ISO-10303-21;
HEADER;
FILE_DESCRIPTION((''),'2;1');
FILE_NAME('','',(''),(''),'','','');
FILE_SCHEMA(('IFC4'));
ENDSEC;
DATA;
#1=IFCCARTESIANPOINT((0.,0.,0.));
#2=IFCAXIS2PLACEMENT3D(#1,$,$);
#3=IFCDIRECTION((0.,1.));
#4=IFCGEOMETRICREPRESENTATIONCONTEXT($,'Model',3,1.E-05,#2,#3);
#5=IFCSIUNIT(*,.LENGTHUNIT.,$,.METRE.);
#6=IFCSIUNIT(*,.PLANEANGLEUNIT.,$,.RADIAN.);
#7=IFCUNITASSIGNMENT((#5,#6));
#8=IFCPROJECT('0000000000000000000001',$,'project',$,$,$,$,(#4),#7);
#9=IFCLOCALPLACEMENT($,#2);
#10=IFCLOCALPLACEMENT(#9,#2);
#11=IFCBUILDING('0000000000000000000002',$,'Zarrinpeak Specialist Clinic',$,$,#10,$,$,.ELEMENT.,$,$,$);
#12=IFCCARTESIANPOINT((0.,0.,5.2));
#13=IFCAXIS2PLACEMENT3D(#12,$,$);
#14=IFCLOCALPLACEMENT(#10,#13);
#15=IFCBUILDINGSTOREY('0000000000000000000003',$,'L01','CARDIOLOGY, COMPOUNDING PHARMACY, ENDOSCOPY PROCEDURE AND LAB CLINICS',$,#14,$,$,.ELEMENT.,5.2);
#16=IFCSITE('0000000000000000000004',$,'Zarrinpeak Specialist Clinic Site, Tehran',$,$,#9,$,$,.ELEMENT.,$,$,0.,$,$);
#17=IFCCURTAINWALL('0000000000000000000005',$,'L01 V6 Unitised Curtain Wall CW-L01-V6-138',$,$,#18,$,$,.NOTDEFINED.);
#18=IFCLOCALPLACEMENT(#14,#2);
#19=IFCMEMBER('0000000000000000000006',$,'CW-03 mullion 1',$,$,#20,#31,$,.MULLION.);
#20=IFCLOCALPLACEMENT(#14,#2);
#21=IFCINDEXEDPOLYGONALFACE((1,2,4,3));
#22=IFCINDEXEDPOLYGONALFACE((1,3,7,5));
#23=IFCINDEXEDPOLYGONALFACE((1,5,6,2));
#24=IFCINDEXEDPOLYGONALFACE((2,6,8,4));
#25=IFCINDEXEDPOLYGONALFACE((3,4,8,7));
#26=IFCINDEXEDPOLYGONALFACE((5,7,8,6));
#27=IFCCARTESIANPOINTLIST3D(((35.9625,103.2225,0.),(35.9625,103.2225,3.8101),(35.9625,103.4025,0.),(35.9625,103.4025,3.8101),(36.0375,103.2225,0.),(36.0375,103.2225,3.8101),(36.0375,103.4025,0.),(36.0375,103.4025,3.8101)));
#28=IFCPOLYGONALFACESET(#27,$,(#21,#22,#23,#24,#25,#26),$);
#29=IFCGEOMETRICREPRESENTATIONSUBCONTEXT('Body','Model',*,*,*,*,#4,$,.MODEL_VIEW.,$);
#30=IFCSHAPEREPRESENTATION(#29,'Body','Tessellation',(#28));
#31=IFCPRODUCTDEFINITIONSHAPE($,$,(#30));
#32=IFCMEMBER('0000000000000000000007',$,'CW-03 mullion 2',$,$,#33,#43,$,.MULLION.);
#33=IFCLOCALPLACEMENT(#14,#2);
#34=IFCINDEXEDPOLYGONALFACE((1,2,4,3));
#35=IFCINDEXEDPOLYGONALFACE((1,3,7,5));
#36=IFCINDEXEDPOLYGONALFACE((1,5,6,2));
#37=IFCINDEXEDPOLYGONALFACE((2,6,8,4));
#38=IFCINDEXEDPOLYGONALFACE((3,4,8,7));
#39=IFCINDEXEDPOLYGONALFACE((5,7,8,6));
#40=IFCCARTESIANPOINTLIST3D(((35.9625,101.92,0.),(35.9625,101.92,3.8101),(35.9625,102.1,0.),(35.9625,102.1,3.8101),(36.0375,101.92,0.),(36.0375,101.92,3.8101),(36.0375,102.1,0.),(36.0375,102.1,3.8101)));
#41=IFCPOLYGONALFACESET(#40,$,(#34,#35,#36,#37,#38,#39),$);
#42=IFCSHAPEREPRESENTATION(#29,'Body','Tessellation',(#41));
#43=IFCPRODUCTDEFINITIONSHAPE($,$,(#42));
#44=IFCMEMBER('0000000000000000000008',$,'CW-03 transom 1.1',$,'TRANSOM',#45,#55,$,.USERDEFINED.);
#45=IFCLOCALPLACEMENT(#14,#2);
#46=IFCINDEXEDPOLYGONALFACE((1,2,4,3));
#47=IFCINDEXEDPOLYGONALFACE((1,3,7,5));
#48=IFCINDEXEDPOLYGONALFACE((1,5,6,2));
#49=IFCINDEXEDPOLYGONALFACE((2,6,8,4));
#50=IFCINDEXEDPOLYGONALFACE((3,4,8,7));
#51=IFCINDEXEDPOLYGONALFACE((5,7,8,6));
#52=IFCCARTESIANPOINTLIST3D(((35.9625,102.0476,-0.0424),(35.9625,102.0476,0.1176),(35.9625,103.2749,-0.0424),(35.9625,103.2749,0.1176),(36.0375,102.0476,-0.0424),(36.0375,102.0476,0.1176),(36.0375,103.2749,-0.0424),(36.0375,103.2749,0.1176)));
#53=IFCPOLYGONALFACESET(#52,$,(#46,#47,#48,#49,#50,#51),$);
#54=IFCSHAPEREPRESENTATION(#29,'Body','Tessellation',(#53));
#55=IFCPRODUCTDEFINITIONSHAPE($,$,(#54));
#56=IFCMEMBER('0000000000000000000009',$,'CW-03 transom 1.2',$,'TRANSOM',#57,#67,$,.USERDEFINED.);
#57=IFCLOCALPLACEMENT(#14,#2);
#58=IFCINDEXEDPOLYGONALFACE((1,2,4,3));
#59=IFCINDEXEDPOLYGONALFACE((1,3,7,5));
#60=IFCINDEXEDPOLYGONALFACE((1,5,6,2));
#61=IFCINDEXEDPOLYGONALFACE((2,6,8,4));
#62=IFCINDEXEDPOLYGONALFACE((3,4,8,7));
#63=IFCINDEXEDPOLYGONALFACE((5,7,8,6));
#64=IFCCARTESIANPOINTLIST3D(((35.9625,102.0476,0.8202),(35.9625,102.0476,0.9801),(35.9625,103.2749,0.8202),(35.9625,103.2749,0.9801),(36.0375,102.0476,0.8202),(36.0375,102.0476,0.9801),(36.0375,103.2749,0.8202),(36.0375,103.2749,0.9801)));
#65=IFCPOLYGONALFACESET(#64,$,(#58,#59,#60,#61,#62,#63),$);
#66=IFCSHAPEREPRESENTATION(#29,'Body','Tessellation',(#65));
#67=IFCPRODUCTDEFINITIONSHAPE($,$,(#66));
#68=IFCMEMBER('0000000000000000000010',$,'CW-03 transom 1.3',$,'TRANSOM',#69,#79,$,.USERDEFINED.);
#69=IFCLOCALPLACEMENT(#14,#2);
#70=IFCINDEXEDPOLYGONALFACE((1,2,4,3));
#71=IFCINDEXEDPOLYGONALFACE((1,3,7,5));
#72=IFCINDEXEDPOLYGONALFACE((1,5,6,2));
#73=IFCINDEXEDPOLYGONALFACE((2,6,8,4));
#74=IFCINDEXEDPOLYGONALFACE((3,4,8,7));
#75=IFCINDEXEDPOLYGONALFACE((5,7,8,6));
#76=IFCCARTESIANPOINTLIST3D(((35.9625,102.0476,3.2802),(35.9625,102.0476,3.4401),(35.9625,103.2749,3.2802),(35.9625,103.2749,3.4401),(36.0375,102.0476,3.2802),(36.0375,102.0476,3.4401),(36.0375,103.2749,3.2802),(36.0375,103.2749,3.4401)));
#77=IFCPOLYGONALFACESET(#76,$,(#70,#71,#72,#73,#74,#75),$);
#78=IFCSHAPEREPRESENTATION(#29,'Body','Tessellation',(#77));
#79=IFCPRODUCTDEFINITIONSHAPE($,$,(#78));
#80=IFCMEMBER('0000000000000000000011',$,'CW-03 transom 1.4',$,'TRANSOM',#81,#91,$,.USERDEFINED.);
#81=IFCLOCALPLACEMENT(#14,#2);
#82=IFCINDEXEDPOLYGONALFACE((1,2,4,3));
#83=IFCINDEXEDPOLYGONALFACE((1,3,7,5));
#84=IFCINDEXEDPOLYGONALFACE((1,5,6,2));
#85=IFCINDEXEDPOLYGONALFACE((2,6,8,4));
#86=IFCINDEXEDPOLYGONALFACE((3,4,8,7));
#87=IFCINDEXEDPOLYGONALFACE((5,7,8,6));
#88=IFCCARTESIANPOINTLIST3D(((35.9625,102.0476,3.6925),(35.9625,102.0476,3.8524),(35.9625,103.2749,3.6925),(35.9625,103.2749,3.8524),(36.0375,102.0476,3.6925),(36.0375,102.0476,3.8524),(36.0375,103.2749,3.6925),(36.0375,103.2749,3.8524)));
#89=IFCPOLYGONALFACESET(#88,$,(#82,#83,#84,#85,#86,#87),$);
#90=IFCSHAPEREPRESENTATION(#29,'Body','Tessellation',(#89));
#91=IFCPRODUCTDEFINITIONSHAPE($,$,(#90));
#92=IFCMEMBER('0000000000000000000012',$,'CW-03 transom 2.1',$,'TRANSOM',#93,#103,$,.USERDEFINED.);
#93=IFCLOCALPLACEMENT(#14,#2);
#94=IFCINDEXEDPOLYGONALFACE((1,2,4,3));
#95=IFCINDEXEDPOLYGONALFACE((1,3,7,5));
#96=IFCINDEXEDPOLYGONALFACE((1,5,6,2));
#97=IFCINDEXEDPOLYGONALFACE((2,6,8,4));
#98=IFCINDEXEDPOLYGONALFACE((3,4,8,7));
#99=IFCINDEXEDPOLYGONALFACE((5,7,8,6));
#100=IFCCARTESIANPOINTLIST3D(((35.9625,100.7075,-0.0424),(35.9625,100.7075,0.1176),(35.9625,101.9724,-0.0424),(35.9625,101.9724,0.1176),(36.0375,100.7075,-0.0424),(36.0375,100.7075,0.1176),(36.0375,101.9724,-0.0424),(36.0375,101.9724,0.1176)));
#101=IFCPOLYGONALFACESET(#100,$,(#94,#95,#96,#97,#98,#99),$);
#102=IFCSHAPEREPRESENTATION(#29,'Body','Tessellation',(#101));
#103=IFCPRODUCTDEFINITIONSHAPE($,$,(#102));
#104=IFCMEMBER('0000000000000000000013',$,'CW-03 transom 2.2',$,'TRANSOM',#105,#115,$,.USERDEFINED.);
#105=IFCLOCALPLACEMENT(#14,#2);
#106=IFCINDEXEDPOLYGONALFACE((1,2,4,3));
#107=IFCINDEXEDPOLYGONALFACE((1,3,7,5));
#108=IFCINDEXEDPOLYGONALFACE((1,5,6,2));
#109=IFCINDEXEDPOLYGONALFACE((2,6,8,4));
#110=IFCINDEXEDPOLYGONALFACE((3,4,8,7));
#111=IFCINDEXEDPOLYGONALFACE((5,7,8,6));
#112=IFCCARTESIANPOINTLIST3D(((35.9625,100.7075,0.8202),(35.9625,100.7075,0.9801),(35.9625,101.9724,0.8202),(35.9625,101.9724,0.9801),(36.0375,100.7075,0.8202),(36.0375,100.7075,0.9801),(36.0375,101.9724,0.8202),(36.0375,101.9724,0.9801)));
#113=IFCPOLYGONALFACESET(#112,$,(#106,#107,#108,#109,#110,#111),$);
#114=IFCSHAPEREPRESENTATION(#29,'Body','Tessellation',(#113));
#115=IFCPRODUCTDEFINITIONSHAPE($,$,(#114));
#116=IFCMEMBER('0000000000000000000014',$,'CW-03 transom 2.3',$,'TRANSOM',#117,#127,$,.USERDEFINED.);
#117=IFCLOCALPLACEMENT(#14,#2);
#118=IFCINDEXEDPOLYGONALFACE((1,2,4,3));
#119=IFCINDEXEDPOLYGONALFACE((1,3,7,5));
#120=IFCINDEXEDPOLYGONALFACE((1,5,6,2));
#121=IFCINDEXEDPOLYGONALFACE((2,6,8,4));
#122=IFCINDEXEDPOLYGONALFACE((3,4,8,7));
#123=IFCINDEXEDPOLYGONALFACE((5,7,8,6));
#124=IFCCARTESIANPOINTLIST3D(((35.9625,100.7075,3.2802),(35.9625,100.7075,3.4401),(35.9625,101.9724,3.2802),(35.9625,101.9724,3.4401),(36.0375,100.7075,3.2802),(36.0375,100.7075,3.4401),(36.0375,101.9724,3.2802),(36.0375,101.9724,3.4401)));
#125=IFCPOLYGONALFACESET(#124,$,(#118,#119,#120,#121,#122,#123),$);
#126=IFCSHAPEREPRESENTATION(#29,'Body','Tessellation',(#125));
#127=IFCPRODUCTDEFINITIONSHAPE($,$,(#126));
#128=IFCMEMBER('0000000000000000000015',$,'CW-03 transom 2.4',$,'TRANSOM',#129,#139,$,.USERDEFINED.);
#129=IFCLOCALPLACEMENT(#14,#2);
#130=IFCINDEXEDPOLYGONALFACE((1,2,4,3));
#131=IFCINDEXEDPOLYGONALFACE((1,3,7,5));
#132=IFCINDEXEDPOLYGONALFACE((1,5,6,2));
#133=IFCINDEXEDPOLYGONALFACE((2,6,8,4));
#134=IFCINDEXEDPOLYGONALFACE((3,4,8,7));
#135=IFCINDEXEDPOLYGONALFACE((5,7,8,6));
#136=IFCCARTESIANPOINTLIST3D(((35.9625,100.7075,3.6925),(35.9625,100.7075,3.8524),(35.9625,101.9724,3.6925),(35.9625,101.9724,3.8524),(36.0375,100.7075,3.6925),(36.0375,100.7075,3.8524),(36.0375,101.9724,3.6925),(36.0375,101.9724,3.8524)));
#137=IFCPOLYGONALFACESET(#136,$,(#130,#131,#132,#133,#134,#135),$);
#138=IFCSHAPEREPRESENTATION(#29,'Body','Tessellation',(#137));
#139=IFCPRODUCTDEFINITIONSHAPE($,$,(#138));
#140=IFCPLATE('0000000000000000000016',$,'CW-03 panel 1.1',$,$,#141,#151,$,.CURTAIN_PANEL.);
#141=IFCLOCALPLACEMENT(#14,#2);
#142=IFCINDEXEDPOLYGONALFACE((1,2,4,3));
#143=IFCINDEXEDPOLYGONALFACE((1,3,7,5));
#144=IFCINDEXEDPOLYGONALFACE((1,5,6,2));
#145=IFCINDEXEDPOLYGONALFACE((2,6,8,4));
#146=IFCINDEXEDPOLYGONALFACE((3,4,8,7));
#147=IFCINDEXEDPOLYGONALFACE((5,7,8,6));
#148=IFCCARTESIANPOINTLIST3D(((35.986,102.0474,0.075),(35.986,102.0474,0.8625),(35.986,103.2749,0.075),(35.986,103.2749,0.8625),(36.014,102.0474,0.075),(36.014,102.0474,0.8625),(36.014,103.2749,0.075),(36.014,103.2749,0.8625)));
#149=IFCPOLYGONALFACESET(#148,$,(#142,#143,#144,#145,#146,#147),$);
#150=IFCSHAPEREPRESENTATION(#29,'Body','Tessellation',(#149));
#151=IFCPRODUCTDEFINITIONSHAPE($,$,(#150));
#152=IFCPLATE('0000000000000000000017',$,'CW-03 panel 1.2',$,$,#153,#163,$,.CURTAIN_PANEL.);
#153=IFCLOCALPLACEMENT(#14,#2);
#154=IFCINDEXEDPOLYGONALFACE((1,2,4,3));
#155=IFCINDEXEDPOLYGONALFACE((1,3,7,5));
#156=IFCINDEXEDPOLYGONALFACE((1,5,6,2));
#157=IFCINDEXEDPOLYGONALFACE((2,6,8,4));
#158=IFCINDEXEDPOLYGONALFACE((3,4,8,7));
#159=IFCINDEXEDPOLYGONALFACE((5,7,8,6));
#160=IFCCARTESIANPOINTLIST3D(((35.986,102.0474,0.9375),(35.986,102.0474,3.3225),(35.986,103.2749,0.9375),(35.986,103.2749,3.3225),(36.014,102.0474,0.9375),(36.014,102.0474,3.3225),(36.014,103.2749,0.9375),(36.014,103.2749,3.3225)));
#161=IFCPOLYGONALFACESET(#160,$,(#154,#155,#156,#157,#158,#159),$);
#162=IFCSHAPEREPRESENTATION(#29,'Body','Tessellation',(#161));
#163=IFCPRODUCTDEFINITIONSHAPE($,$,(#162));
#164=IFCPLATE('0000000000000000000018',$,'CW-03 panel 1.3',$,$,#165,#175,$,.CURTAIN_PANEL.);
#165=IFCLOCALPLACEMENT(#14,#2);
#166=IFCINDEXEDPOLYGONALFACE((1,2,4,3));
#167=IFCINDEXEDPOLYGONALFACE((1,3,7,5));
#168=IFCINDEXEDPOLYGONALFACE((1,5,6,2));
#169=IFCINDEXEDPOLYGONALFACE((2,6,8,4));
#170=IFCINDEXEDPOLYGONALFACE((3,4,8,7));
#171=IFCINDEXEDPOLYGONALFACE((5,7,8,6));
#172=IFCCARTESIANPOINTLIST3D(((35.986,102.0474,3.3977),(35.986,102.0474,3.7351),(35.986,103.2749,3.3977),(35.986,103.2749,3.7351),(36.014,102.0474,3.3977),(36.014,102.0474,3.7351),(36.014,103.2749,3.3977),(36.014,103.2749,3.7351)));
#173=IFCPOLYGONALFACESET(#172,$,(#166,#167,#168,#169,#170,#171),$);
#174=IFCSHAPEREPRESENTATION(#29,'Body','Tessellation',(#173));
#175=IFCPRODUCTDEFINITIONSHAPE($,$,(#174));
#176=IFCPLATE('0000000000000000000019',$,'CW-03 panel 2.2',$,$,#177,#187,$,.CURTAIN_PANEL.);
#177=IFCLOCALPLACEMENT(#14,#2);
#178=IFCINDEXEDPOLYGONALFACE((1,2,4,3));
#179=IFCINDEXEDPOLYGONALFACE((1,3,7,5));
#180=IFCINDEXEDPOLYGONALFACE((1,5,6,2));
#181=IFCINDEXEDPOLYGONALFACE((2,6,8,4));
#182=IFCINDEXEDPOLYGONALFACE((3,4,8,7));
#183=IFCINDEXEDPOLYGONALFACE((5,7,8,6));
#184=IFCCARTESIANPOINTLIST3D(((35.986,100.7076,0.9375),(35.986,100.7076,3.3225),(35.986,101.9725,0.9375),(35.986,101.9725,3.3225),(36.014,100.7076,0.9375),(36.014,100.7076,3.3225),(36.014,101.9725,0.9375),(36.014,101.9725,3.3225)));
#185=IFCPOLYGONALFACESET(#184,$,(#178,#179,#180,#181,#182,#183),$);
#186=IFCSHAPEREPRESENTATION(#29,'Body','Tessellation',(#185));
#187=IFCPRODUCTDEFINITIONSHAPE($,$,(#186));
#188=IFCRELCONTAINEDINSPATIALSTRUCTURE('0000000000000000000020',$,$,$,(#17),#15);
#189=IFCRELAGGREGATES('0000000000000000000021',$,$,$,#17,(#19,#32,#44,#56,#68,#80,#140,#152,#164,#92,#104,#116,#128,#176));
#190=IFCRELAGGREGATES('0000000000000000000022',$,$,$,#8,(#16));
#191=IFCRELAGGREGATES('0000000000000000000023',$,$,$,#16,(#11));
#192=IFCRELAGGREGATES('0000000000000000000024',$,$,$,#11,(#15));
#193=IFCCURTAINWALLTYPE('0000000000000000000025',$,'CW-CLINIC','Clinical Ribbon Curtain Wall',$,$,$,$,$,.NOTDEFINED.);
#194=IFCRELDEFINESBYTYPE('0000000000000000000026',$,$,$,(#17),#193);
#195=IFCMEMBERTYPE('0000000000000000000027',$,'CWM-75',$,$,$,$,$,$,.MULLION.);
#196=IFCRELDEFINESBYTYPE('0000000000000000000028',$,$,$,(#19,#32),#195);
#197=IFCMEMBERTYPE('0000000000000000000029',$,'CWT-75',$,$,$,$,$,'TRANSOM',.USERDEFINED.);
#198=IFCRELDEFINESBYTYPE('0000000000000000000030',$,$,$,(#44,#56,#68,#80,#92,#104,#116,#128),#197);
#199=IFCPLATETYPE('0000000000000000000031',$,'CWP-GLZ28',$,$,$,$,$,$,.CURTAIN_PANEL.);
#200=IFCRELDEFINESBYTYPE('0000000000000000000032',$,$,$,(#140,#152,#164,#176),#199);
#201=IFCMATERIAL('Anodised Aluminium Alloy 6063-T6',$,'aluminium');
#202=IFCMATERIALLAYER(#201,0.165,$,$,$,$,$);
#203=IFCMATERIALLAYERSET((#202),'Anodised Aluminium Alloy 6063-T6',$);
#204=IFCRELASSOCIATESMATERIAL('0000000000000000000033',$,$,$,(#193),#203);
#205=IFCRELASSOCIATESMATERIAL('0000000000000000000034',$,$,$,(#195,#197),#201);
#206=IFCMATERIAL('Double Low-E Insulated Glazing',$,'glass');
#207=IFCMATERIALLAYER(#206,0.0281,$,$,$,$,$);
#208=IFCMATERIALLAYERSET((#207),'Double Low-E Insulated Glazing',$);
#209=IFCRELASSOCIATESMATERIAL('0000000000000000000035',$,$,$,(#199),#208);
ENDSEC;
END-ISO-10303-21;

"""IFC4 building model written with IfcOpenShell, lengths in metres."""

from ifc_helpers import new_model, si_unit, direction, frame, origin, origin_2d, place, context, subcontext, project, spatial, rectangle, extrude, material, layer, layer_set, material_profile, profile_set, type_object, element, aggregate, save


model = new_model("IFC4")

# Units and contexts
model_context = context("Model", 3, precision=1e-05, world=origin(), true_north=direction((0.0, 1.0)))
body_context = subcontext(model_context, "Body", "Model", "MODEL_VIEW")
ifc_project = project(units=[si_unit("LENGTHUNIT", "METRE"), si_unit("PLANEANGLEUNIT", "RADIAN")], contexts=[model_context])

# Site, building, storey
site_placement = place(None, origin())
site = spatial("IfcSite", under=ifc_project, at=site_placement, Name="Zarrinpeak Specialist Clinic Site, Tehran", CompositionType="ELEMENT", RefElevation=0.0)
building_placement = place(site_placement, origin())
building = spatial("IfcBuilding", under=site, at=building_placement, Name="Zarrinpeak Specialist Clinic", CompositionType="ELEMENT")
storey_placement = place(building_placement, frame((0.0, 0.0, 5.2)))
storey = spatial("IfcBuildingStorey", under=building, at=storey_placement, Name="L01", Description="CARDIOLOGY, COMPOUNDING PHARMACY, ENDOSCOPY PROCEDURE AND LAB CLINICS", CompositionType="ELEMENT", Elevation=5.2)

# Curtain wall, members, plates
ifc_material_1 = material(Name="Anodised Aluminium Alloy 6063-T6", Category="aluminium")
ifc_layer_1 = layer(ifc_material_1, 0.165)
ifc_layer_set_1 = layer_set([ifc_layer_1], Name="Anodised Aluminium Alloy 6063-T6")
curtain_wall_type = type_object("IfcCurtainWallType", Name="CW-CLINIC", Description="Clinical Ribbon Curtain Wall", PredefinedType="NOTDEFINED", material=ifc_layer_set_1)
curtain_wall_placement = place(storey_placement, origin())
curtain_wall = element("IfcCurtainWall", 1, at=curtain_wall_placement, inside=storey, type_object=curtain_wall_type, Name="L01 V6 Unitised Curtain Wall CW-L01-V6-138", PredefinedType="NOTDEFINED")
ifc_material_profile_1 = material_profile(ifc_material_1, rectangle(XDim=0.075, YDim=0.1799, at=origin_2d()), Name="ALU 75x180")
ifc_profile_set_1 = profile_set([ifc_material_profile_1], Name="Anodised Aluminium Alloy 6063-T6")
member_type_1 = type_object("IfcMemberType", Name="CWM-75", PredefinedType="MULLION", material=ifc_profile_set_1)
member_1_placement = place(storey_placement, frame((36.0, 103.3125, 0.0), z_axis=(0.0, 0.0, 1.0), x_axis=(1.0, 0.0, 0.0)))
member_1 = element("IfcMember", 2, at=member_1_placement, type_object=member_type_1, Name="CW-03 mullion 1", PredefinedType="MULLION", context=body_context, shape_type="SweptSolid", body=[
    extrude(rectangle(XDim=0.075, YDim=0.1799, at=origin_2d()), origin(), (0.0, 0.0, 1.0), 3.8101),
])
member_2_placement = place(storey_placement, frame((36.0, 102.01, 0.0), z_axis=(0.0, 0.0, 1.0), x_axis=(1.0, 0.0, 0.0)))
member_2 = element("IfcMember", 3, at=member_2_placement, type_object=member_type_1, Name="CW-03 mullion 2", PredefinedType="MULLION", context=body_context, shape_type="SweptSolid", body=[
    extrude(rectangle(XDim=0.075, YDim=0.1799, at=origin_2d()), origin(), (0.0, 0.0, 1.0), 3.8101),
])
ifc_material_profile_2 = material_profile(ifc_material_1, rectangle(XDim=0.075, YDim=0.1599, at=origin_2d()), Name="ALU 75x160")
ifc_profile_set_2 = profile_set([ifc_material_profile_2], Name="Anodised Aluminium Alloy 6063-T6")
member_type_2 = type_object("IfcMemberType", Name="CWT-75", ElementType="TRANSOM", PredefinedType="USERDEFINED", material=ifc_profile_set_2)
member_3_placement = place(storey_placement, frame((36.0, 103.2749, 0.0376), z_axis=(0.0, -1.0, 0.0), x_axis=(1.0, 0.0, 0.0)))
member_3 = element("IfcMember", 4, at=member_3_placement, type_object=member_type_2, Name="CW-03 transom 1.1", ObjectType="TRANSOM", PredefinedType="USERDEFINED", context=body_context, shape_type="SweptSolid", body=[
    extrude(rectangle(XDim=0.075, YDim=0.1599, at=origin_2d()), origin(), (0.0, 0.0, 1.0), 1.2273),
])
member_4_placement = place(storey_placement, frame((36.0, 103.2749, 0.9001), z_axis=(0.0, -1.0, 0.0), x_axis=(1.0, 0.0, 0.0)))
member_4 = element("IfcMember", 5, at=member_4_placement, type_object=member_type_2, Name="CW-03 transom 1.2", ObjectType="TRANSOM", PredefinedType="USERDEFINED", context=body_context, shape_type="SweptSolid", body=[
    extrude(rectangle(XDim=0.075, YDim=0.1599, at=origin_2d()), origin(), (0.0, 0.0, 1.0), 1.2273),
])
member_5_placement = place(storey_placement, frame((36.0, 103.2749, 3.3601), z_axis=(0.0, -1.0, 0.0), x_axis=(1.0, 0.0, 0.0)))
member_5 = element("IfcMember", 6, at=member_5_placement, type_object=member_type_2, Name="CW-03 transom 1.3", ObjectType="TRANSOM", PredefinedType="USERDEFINED", context=body_context, shape_type="SweptSolid", body=[
    extrude(rectangle(XDim=0.075, YDim=0.1599, at=origin_2d()), origin(), (0.0, 0.0, 1.0), 1.2273),
])
member_6_placement = place(storey_placement, frame((36.0, 103.2749, 3.7725), z_axis=(0.0, -1.0, 0.0), x_axis=(1.0, 0.0, 0.0)))
member_6 = element("IfcMember", 7, at=member_6_placement, type_object=member_type_2, Name="CW-03 transom 1.4", ObjectType="TRANSOM", PredefinedType="USERDEFINED", context=body_context, shape_type="SweptSolid", body=[
    extrude(rectangle(XDim=0.075, YDim=0.1599, at=origin_2d()), origin(), (0.0, 0.0, 1.0), 1.2273),
])
member_7_placement = place(storey_placement, frame((36.0, 101.9724, 0.0376), z_axis=(0.0, -1.0, 0.0), x_axis=(1.0, 0.0, 0.0)))
member_7 = element("IfcMember", 8, at=member_7_placement, type_object=member_type_2, Name="CW-03 transom 2.1", ObjectType="TRANSOM", PredefinedType="USERDEFINED", context=body_context, shape_type="SweptSolid", body=[
    extrude(rectangle(XDim=0.075, YDim=0.1599, at=origin_2d()), origin(), (0.0, 0.0, 1.0), 1.2649),
])
member_8_placement = place(storey_placement, frame((36.0, 101.9724, 0.9001), z_axis=(0.0, -1.0, 0.0), x_axis=(1.0, 0.0, 0.0)))
member_8 = element("IfcMember", 9, at=member_8_placement, type_object=member_type_2, Name="CW-03 transom 2.2", ObjectType="TRANSOM", PredefinedType="USERDEFINED", context=body_context, shape_type="SweptSolid", body=[
    extrude(rectangle(XDim=0.075, YDim=0.1599, at=origin_2d()), origin(), (0.0, 0.0, 1.0), 1.2649),
])
member_9_placement = place(storey_placement, frame((36.0, 101.9724, 3.3601), z_axis=(0.0, -1.0, 0.0), x_axis=(1.0, 0.0, 0.0)))
member_9 = element("IfcMember", 10, at=member_9_placement, type_object=member_type_2, Name="CW-03 transom 2.3", ObjectType="TRANSOM", PredefinedType="USERDEFINED", context=body_context, shape_type="SweptSolid", body=[
    extrude(rectangle(XDim=0.075, YDim=0.1599, at=origin_2d()), origin(), (0.0, 0.0, 1.0), 1.2649),
])
member_10_placement = place(storey_placement, frame((36.0, 101.9724, 3.7725), z_axis=(0.0, -1.0, 0.0), x_axis=(1.0, 0.0, 0.0)))
member_10 = element("IfcMember", 11, at=member_10_placement, type_object=member_type_2, Name="CW-03 transom 2.4", ObjectType="TRANSOM", PredefinedType="USERDEFINED", context=body_context, shape_type="SweptSolid", body=[
    extrude(rectangle(XDim=0.075, YDim=0.1599, at=origin_2d()), origin(), (0.0, 0.0, 1.0), 1.2649),
])
ifc_material_2 = material(Name="Double Low-E Insulated Glazing", Category="glass")
ifc_layer_2 = layer(ifc_material_2, 0.0281)
ifc_layer_set_2 = layer_set([ifc_layer_2], Name="Double Low-E Insulated Glazing")
plate_type = type_object("IfcPlateType", Name="CWP-GLZ28", PredefinedType="CURTAIN_PANEL", material=ifc_layer_set_2)
plate_1_placement = place(storey_placement, frame((36.0, 102.6611, 0.075), z_axis=(0.0, 0.0, 1.0), x_axis=(0.0, -1.0, 0.0)))
plate_1 = element("IfcPlate", 12, at=plate_1_placement, type_object=plate_type, Name="CW-03 panel 1.1", PredefinedType="CURTAIN_PANEL", context=body_context, shape_type="SweptSolid", body=[
    extrude(rectangle(XDim=1.2275, YDim=0.0281, at=origin_2d()), origin(), (0.0, 0.0, 1.0), 0.7876),
])
plate_2_placement = place(storey_placement, frame((36.0, 102.6611, 0.9375), z_axis=(0.0, 0.0, 1.0), x_axis=(0.0, -1.0, 0.0)))
plate_2 = element("IfcPlate", 13, at=plate_2_placement, type_object=plate_type, Name="CW-03 panel 1.2", PredefinedType="CURTAIN_PANEL", context=body_context, shape_type="SweptSolid", body=[
    extrude(rectangle(XDim=1.2275, YDim=0.0281, at=origin_2d()), origin(), (0.0, 0.0, 1.0), 2.385),
])
plate_3_placement = place(storey_placement, frame((36.0, 102.6611, 3.3977), z_axis=(0.0, 0.0, 1.0), x_axis=(0.0, -1.0, 0.0)))
plate_3 = element("IfcPlate", 14, at=plate_3_placement, type_object=plate_type, Name="CW-03 panel 1.3", PredefinedType="CURTAIN_PANEL", context=body_context, shape_type="SweptSolid", body=[
    extrude(rectangle(XDim=1.2275, YDim=0.0281, at=origin_2d()), origin(), (0.0, 0.0, 1.0), 0.3374),
])
plate_4_placement = place(storey_placement, frame((36.0, 101.3401, 0.9375), z_axis=(0.0, 0.0, 1.0), x_axis=(0.0, -1.0, 0.0)))
plate_4 = element("IfcPlate", 15, at=plate_4_placement, type_object=plate_type, Name="CW-03 panel 2.2", PredefinedType="CURTAIN_PANEL", context=body_context, shape_type="SweptSolid", body=[
    extrude(rectangle(XDim=1.2649, YDim=0.0281, at=origin_2d()), origin(), (0.0, 0.0, 1.0), 2.385),
])
aggregate(curtain_wall, [member_1, member_2, member_3, member_4, member_5, member_6, plate_1, plate_2, plate_3, member_7, member_8, member_9, member_10, plate_4])

save(model, "model.ifc")
